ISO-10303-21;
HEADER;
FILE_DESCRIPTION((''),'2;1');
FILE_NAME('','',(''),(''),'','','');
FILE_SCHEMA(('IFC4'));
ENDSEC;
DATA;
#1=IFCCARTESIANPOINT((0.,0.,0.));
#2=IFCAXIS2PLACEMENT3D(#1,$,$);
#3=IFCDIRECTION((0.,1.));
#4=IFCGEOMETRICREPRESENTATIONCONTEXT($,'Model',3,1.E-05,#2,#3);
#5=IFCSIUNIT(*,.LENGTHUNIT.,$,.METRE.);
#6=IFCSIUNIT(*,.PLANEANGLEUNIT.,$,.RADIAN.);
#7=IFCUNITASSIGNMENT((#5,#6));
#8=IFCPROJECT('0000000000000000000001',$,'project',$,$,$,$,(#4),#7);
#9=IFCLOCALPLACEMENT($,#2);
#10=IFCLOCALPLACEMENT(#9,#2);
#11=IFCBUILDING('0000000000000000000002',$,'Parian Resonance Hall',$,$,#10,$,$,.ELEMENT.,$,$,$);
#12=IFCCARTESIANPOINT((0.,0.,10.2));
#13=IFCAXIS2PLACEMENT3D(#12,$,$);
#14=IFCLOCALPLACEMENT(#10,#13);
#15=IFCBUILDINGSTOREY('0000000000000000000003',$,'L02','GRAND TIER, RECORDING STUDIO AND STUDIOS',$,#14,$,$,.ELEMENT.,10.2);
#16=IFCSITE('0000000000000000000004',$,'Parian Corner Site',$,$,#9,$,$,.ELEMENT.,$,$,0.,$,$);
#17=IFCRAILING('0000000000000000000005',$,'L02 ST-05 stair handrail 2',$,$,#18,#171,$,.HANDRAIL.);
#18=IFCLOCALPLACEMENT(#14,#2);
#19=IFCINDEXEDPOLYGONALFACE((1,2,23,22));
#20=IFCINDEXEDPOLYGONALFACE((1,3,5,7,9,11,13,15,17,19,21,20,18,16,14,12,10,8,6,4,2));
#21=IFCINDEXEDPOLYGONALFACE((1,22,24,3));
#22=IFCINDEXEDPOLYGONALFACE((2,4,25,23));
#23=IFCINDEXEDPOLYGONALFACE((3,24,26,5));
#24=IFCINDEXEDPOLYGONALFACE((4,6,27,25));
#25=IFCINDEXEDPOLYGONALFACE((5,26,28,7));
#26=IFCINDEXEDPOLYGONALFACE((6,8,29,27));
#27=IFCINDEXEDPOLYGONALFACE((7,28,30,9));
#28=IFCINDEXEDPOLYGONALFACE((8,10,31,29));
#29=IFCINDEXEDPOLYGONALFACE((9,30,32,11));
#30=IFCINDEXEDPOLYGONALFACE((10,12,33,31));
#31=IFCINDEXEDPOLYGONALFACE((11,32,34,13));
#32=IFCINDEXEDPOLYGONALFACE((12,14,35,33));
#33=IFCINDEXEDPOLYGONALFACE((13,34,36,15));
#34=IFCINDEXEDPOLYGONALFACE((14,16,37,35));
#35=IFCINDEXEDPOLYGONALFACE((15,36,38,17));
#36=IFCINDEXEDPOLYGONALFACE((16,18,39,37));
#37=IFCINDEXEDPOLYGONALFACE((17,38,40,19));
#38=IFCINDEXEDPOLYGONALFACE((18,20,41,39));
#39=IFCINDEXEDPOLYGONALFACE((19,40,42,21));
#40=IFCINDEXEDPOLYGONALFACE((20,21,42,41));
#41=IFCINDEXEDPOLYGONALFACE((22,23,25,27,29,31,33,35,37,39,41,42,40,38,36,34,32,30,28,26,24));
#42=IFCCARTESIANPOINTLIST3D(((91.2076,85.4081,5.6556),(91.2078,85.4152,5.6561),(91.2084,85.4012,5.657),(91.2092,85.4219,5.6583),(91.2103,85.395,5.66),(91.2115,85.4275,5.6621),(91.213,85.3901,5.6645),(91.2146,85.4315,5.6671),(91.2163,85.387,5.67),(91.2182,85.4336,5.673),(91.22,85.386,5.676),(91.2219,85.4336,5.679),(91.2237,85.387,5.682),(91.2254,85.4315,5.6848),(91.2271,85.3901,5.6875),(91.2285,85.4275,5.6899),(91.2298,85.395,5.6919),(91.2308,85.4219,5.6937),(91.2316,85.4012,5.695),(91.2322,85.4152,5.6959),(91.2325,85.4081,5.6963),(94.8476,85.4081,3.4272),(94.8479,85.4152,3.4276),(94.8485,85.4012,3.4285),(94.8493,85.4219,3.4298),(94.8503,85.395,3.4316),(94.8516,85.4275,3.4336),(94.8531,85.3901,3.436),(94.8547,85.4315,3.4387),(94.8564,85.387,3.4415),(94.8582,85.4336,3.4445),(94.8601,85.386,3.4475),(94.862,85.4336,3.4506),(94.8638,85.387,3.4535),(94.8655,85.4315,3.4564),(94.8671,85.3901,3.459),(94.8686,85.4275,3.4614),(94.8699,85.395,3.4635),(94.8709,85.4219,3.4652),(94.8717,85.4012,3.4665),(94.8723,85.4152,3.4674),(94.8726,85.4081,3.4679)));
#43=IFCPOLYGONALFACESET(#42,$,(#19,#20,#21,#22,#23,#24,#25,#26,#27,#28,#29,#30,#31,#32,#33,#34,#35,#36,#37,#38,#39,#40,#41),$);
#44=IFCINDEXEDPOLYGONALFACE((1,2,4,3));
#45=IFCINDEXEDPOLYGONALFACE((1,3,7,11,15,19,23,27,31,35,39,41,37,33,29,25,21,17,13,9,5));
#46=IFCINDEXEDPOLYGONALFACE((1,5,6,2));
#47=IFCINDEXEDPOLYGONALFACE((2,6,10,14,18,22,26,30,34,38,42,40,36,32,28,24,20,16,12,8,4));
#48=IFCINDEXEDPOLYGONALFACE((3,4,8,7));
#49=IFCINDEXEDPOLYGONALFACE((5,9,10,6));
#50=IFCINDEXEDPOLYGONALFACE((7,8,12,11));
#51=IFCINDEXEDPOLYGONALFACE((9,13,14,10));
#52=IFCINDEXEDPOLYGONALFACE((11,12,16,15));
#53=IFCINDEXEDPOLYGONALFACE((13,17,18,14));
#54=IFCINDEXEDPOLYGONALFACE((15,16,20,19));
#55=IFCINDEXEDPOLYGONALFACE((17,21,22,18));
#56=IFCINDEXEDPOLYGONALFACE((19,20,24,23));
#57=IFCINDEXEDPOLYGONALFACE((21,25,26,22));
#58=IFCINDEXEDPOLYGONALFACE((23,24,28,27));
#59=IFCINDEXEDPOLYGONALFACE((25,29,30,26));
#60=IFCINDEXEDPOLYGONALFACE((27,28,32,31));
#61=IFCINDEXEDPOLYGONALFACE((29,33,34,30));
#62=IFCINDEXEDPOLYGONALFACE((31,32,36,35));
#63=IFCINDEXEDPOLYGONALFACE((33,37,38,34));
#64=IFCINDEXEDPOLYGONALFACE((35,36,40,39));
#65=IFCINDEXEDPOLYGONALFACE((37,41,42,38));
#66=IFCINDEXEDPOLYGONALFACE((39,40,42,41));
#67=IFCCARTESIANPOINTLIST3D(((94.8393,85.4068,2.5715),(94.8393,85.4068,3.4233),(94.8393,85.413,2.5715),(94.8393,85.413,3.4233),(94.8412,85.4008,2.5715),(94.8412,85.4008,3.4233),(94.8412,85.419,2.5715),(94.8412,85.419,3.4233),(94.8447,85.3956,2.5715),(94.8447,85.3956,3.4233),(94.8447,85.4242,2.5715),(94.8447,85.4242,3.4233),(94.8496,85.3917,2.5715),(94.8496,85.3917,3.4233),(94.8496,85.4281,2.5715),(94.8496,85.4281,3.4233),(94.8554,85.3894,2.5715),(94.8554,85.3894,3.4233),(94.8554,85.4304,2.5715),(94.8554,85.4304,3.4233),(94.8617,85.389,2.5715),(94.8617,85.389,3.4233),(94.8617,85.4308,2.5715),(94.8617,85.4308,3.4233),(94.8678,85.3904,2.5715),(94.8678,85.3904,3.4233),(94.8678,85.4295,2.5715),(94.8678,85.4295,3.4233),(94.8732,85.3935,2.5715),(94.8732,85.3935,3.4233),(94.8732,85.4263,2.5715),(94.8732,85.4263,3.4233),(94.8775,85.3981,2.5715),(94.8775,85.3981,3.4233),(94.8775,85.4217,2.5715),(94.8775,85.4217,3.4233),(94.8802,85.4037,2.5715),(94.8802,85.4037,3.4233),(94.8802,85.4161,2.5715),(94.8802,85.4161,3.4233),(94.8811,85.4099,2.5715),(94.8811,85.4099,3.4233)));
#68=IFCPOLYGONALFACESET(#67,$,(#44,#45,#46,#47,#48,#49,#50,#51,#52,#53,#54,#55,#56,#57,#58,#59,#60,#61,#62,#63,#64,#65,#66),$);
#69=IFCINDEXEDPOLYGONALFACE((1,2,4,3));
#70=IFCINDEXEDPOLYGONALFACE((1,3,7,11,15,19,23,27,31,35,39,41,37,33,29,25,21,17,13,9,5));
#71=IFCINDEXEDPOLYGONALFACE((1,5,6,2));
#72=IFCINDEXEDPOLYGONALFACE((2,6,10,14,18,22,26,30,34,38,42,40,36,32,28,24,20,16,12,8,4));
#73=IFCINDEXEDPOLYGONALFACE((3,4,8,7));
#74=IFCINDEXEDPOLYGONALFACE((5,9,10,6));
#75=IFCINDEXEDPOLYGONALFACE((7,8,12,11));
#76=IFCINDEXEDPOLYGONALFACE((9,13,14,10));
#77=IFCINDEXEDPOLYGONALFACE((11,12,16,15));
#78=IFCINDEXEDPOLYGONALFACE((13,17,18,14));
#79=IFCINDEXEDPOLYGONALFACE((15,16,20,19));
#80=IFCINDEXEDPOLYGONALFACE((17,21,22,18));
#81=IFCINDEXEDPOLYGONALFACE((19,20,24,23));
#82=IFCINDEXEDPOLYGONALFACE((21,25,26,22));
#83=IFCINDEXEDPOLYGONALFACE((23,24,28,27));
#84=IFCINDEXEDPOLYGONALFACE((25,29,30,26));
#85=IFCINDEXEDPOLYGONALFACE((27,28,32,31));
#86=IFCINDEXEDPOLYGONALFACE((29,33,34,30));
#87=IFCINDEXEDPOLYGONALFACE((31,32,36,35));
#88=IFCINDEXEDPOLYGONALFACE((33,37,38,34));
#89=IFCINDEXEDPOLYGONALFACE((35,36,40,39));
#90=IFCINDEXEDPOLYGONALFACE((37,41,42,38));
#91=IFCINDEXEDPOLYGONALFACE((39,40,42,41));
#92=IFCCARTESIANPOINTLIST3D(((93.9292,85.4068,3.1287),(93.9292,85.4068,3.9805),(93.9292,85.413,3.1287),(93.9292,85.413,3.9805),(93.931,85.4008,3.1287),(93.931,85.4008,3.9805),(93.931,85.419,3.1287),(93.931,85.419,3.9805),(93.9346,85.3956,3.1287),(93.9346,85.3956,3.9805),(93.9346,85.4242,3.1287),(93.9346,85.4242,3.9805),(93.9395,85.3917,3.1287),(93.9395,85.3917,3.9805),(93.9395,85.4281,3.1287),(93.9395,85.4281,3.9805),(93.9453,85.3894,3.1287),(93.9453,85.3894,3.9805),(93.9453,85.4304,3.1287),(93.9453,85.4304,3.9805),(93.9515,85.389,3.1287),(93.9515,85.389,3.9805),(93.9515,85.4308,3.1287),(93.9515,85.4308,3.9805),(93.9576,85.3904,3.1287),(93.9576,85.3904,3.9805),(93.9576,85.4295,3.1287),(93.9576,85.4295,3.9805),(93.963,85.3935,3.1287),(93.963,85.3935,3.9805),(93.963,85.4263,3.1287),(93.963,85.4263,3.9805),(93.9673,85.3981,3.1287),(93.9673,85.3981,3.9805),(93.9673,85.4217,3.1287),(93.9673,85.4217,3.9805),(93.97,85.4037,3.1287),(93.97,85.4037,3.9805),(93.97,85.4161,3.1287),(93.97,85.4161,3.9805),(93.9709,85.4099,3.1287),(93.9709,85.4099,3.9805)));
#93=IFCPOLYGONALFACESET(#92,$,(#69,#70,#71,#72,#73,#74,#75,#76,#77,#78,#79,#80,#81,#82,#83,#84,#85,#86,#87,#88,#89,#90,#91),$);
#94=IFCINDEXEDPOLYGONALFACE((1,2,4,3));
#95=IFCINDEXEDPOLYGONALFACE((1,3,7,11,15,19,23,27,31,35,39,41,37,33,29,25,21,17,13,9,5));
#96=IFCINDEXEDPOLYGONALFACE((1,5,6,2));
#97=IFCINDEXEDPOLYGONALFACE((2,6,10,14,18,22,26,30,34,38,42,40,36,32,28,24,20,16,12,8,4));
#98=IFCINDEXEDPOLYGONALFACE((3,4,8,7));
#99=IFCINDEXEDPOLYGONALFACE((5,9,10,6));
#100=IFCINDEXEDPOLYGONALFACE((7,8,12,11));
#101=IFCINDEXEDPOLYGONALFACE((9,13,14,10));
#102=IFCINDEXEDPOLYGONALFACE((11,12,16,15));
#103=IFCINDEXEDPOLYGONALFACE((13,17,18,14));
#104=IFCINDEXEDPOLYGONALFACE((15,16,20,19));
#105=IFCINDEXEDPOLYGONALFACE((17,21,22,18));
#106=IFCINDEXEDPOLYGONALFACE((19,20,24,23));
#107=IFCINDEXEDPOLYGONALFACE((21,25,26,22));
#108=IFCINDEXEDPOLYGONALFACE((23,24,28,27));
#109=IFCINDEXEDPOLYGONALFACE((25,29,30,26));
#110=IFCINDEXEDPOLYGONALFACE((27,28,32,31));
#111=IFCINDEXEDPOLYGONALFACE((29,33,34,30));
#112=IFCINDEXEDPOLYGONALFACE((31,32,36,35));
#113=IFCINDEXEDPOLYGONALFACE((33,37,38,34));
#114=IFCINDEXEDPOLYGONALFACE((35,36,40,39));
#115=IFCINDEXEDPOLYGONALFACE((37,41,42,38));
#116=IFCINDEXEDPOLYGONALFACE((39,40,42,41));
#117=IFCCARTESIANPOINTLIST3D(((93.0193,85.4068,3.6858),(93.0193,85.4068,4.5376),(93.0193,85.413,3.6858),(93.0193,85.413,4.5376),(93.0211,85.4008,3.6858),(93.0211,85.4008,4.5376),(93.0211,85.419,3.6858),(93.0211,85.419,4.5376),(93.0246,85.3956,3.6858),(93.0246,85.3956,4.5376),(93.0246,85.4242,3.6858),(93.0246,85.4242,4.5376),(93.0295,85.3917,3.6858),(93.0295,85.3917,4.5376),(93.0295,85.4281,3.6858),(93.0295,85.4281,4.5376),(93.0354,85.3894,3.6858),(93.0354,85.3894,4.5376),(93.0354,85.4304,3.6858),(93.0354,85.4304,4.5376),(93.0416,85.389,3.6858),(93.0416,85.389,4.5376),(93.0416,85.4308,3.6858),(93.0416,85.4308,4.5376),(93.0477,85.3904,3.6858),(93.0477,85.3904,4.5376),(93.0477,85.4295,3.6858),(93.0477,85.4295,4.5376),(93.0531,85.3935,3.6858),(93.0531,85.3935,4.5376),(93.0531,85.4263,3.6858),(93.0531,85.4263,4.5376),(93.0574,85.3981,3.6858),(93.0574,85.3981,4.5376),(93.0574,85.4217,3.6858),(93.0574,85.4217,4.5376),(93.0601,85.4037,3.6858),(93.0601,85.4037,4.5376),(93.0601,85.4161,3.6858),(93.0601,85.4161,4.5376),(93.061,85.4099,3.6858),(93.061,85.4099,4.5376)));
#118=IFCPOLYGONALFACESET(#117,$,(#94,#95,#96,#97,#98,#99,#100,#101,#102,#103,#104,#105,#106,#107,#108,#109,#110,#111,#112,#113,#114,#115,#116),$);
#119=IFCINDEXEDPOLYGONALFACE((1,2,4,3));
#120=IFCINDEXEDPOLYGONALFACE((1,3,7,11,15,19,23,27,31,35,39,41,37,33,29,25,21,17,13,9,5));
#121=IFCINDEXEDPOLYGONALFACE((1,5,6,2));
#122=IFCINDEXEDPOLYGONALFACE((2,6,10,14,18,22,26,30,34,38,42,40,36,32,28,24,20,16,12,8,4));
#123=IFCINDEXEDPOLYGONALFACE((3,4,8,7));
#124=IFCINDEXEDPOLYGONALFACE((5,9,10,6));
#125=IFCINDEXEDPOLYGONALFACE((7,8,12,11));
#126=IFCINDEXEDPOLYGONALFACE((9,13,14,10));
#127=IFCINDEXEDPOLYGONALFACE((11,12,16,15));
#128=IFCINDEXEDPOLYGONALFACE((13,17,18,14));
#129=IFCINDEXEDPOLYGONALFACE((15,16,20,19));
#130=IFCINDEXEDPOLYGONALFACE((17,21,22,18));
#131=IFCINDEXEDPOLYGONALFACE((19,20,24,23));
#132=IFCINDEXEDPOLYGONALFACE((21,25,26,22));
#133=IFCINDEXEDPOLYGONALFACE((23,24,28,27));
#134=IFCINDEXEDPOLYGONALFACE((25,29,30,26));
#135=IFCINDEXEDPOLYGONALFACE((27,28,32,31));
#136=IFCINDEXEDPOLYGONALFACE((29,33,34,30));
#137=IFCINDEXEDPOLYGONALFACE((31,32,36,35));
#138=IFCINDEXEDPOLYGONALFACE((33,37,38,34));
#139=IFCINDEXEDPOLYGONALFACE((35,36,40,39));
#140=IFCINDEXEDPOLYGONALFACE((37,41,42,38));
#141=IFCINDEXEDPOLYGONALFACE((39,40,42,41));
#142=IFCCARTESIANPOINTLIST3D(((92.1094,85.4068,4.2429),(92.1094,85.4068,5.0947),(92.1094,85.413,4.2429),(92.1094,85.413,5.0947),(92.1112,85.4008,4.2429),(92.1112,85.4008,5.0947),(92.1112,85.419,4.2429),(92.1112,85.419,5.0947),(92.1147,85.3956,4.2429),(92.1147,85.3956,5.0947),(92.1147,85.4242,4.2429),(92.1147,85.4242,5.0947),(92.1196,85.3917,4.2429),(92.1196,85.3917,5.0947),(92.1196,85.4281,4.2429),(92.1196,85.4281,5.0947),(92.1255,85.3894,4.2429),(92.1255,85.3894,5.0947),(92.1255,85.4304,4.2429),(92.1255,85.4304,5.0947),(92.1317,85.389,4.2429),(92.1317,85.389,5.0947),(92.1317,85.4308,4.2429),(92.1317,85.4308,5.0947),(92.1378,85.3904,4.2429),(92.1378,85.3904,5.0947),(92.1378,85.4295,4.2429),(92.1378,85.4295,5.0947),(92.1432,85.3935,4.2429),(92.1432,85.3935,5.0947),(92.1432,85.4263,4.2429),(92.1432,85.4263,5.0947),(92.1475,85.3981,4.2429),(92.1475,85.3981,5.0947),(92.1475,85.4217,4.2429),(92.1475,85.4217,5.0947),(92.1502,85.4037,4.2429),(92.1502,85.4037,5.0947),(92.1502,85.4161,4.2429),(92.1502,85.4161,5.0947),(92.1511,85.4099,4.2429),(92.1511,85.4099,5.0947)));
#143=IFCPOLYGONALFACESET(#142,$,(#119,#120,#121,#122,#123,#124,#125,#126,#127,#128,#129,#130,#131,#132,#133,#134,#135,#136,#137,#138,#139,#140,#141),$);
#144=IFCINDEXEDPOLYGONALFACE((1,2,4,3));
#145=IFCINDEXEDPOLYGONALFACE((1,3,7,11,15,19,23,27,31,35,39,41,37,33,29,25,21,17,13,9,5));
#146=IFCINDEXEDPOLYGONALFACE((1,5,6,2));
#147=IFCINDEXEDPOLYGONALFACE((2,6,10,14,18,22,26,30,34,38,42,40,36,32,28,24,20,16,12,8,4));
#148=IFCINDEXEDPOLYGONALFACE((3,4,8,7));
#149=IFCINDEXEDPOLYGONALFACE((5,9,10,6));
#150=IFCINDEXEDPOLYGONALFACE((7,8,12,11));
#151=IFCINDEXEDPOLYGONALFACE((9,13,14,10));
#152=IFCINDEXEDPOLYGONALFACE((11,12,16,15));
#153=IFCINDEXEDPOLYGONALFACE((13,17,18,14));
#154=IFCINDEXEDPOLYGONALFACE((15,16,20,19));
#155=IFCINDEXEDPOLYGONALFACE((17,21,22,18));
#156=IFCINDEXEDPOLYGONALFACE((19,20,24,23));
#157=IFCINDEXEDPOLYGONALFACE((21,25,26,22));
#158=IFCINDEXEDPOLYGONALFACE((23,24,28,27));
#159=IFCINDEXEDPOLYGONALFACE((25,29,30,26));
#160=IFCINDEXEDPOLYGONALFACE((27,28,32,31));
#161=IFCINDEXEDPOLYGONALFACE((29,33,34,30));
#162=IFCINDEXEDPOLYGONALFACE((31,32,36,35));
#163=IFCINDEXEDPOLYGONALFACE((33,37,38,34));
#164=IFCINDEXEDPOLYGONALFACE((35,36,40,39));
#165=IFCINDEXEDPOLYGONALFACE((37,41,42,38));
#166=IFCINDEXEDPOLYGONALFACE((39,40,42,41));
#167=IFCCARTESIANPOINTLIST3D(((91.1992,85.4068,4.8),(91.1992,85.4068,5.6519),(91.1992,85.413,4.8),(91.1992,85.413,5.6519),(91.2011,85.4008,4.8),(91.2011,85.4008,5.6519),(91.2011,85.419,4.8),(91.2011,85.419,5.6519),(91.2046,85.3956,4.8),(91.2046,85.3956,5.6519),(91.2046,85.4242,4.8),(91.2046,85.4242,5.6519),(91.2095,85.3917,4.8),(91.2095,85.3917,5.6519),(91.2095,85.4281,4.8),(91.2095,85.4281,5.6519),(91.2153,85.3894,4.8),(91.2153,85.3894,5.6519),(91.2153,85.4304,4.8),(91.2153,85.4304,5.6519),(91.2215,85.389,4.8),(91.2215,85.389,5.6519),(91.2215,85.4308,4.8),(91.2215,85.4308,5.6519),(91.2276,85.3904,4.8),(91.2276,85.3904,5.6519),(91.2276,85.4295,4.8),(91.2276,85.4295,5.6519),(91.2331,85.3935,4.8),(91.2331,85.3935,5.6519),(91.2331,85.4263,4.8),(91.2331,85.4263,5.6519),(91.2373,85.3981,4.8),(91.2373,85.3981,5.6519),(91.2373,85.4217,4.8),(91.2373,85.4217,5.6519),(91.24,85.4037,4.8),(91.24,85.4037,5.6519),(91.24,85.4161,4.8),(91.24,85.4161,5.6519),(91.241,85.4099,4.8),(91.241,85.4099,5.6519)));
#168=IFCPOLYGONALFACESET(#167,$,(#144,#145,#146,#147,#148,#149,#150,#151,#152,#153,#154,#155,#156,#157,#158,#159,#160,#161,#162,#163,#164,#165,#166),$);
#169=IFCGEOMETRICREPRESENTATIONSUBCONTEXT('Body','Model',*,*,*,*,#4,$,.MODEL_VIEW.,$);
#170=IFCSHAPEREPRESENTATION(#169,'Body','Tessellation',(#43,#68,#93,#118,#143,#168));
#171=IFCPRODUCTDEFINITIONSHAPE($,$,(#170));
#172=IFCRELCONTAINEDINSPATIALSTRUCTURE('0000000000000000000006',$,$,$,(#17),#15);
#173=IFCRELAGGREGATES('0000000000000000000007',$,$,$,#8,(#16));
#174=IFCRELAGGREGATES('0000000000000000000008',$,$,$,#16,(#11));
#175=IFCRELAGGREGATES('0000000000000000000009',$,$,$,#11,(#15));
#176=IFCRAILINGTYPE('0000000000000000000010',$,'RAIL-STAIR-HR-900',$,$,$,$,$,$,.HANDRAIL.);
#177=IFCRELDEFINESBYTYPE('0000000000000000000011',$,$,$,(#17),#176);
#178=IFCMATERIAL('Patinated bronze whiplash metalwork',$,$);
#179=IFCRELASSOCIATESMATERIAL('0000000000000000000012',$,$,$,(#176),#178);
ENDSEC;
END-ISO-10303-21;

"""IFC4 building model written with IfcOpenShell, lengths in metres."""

from ifc_helpers import new_model, si_unit, direction, frame, origin, origin_2d, place, context, subcontext, project, spatial, circle, extrude, material, type_object, element, save


model = new_model("IFC4")

# Units and contexts
model_context = context("Model", 3, precision=1e-05, world=origin(), true_north=direction((0.0, 1.0)))
body_context = subcontext(model_context, "Body", "Model", "MODEL_VIEW")
ifc_project = project(units=[si_unit("LENGTHUNIT", "METRE"), si_unit("PLANEANGLEUNIT", "RADIAN")], contexts=[model_context])

# Site, building, storey
site_placement = place(None, origin())
site = spatial("IfcSite", under=ifc_project, at=site_placement, Name="Parian Corner Site", CompositionType="ELEMENT", RefElevation=0.0)
building_placement = place(site_placement, origin())
building = spatial("IfcBuilding", under=site, at=building_placement, Name="Parian Resonance Hall", CompositionType="ELEMENT")
storey_placement = place(building_placement, frame((0.0, 0.0, 10.2)))
storey = spatial("IfcBuildingStorey", under=building, at=storey_placement, Name="L02", Description="GRAND TIER, RECORDING STUDIO AND STUDIOS", CompositionType="ELEMENT", Elevation=10.2)

# Railing
ifc_material_1 = material(Name="Patinated bronze whiplash metalwork")
railing_type_1 = type_object("IfcRailingType", Name="RAIL-STAIR-HR-900", PredefinedType="HANDRAIL", material=ifc_material_1)
railing_1_placement = place(storey_placement, frame((94.8601, 85.4099, 2.5715)))
element("IfcRailing", 1, at=railing_1_placement, inside=storey, type_object=railing_type_1, Name="L02 ST-05 stair handrail 2", PredefinedType="HANDRAIL", context=body_context, shape_type="SweptSolid", body=[
    extrude(circle(Radius=0.0239, at=origin_2d()), frame((0.0, 0.0, 0.876), z_axis=(-0.852866, 0.0, 0.52213), x_axis=(0.0, -1.0, 0.0)), (0.0, 0.0, 1.0), 4.2681),
    extrude(circle(Radius=0.021, at=origin_2d()), origin(), (0.0, 0.0, 1.0), 0.8518),
    extrude(circle(Radius=0.021, at=origin_2d()), frame((-0.9102, 0.0, 0.5571)), (0.0, 0.0, 1.0), 0.8518),
    extrude(circle(Radius=0.021, at=origin_2d()), frame((-1.8201, 0.0, 1.1143)), (0.0, 0.0, 1.0), 0.8518),
    extrude(circle(Radius=0.021, at=origin_2d()), frame((-2.73, 0.0, 1.6714)), (0.0, 0.0, 1.0), 0.8518),
    extrude(circle(Radius=0.021, at=origin_2d()), frame((-3.6401, 0.0, 2.2285)), (0.0, 0.0, 1.0), 0.8518),
])

save(model, "model.ifc")
